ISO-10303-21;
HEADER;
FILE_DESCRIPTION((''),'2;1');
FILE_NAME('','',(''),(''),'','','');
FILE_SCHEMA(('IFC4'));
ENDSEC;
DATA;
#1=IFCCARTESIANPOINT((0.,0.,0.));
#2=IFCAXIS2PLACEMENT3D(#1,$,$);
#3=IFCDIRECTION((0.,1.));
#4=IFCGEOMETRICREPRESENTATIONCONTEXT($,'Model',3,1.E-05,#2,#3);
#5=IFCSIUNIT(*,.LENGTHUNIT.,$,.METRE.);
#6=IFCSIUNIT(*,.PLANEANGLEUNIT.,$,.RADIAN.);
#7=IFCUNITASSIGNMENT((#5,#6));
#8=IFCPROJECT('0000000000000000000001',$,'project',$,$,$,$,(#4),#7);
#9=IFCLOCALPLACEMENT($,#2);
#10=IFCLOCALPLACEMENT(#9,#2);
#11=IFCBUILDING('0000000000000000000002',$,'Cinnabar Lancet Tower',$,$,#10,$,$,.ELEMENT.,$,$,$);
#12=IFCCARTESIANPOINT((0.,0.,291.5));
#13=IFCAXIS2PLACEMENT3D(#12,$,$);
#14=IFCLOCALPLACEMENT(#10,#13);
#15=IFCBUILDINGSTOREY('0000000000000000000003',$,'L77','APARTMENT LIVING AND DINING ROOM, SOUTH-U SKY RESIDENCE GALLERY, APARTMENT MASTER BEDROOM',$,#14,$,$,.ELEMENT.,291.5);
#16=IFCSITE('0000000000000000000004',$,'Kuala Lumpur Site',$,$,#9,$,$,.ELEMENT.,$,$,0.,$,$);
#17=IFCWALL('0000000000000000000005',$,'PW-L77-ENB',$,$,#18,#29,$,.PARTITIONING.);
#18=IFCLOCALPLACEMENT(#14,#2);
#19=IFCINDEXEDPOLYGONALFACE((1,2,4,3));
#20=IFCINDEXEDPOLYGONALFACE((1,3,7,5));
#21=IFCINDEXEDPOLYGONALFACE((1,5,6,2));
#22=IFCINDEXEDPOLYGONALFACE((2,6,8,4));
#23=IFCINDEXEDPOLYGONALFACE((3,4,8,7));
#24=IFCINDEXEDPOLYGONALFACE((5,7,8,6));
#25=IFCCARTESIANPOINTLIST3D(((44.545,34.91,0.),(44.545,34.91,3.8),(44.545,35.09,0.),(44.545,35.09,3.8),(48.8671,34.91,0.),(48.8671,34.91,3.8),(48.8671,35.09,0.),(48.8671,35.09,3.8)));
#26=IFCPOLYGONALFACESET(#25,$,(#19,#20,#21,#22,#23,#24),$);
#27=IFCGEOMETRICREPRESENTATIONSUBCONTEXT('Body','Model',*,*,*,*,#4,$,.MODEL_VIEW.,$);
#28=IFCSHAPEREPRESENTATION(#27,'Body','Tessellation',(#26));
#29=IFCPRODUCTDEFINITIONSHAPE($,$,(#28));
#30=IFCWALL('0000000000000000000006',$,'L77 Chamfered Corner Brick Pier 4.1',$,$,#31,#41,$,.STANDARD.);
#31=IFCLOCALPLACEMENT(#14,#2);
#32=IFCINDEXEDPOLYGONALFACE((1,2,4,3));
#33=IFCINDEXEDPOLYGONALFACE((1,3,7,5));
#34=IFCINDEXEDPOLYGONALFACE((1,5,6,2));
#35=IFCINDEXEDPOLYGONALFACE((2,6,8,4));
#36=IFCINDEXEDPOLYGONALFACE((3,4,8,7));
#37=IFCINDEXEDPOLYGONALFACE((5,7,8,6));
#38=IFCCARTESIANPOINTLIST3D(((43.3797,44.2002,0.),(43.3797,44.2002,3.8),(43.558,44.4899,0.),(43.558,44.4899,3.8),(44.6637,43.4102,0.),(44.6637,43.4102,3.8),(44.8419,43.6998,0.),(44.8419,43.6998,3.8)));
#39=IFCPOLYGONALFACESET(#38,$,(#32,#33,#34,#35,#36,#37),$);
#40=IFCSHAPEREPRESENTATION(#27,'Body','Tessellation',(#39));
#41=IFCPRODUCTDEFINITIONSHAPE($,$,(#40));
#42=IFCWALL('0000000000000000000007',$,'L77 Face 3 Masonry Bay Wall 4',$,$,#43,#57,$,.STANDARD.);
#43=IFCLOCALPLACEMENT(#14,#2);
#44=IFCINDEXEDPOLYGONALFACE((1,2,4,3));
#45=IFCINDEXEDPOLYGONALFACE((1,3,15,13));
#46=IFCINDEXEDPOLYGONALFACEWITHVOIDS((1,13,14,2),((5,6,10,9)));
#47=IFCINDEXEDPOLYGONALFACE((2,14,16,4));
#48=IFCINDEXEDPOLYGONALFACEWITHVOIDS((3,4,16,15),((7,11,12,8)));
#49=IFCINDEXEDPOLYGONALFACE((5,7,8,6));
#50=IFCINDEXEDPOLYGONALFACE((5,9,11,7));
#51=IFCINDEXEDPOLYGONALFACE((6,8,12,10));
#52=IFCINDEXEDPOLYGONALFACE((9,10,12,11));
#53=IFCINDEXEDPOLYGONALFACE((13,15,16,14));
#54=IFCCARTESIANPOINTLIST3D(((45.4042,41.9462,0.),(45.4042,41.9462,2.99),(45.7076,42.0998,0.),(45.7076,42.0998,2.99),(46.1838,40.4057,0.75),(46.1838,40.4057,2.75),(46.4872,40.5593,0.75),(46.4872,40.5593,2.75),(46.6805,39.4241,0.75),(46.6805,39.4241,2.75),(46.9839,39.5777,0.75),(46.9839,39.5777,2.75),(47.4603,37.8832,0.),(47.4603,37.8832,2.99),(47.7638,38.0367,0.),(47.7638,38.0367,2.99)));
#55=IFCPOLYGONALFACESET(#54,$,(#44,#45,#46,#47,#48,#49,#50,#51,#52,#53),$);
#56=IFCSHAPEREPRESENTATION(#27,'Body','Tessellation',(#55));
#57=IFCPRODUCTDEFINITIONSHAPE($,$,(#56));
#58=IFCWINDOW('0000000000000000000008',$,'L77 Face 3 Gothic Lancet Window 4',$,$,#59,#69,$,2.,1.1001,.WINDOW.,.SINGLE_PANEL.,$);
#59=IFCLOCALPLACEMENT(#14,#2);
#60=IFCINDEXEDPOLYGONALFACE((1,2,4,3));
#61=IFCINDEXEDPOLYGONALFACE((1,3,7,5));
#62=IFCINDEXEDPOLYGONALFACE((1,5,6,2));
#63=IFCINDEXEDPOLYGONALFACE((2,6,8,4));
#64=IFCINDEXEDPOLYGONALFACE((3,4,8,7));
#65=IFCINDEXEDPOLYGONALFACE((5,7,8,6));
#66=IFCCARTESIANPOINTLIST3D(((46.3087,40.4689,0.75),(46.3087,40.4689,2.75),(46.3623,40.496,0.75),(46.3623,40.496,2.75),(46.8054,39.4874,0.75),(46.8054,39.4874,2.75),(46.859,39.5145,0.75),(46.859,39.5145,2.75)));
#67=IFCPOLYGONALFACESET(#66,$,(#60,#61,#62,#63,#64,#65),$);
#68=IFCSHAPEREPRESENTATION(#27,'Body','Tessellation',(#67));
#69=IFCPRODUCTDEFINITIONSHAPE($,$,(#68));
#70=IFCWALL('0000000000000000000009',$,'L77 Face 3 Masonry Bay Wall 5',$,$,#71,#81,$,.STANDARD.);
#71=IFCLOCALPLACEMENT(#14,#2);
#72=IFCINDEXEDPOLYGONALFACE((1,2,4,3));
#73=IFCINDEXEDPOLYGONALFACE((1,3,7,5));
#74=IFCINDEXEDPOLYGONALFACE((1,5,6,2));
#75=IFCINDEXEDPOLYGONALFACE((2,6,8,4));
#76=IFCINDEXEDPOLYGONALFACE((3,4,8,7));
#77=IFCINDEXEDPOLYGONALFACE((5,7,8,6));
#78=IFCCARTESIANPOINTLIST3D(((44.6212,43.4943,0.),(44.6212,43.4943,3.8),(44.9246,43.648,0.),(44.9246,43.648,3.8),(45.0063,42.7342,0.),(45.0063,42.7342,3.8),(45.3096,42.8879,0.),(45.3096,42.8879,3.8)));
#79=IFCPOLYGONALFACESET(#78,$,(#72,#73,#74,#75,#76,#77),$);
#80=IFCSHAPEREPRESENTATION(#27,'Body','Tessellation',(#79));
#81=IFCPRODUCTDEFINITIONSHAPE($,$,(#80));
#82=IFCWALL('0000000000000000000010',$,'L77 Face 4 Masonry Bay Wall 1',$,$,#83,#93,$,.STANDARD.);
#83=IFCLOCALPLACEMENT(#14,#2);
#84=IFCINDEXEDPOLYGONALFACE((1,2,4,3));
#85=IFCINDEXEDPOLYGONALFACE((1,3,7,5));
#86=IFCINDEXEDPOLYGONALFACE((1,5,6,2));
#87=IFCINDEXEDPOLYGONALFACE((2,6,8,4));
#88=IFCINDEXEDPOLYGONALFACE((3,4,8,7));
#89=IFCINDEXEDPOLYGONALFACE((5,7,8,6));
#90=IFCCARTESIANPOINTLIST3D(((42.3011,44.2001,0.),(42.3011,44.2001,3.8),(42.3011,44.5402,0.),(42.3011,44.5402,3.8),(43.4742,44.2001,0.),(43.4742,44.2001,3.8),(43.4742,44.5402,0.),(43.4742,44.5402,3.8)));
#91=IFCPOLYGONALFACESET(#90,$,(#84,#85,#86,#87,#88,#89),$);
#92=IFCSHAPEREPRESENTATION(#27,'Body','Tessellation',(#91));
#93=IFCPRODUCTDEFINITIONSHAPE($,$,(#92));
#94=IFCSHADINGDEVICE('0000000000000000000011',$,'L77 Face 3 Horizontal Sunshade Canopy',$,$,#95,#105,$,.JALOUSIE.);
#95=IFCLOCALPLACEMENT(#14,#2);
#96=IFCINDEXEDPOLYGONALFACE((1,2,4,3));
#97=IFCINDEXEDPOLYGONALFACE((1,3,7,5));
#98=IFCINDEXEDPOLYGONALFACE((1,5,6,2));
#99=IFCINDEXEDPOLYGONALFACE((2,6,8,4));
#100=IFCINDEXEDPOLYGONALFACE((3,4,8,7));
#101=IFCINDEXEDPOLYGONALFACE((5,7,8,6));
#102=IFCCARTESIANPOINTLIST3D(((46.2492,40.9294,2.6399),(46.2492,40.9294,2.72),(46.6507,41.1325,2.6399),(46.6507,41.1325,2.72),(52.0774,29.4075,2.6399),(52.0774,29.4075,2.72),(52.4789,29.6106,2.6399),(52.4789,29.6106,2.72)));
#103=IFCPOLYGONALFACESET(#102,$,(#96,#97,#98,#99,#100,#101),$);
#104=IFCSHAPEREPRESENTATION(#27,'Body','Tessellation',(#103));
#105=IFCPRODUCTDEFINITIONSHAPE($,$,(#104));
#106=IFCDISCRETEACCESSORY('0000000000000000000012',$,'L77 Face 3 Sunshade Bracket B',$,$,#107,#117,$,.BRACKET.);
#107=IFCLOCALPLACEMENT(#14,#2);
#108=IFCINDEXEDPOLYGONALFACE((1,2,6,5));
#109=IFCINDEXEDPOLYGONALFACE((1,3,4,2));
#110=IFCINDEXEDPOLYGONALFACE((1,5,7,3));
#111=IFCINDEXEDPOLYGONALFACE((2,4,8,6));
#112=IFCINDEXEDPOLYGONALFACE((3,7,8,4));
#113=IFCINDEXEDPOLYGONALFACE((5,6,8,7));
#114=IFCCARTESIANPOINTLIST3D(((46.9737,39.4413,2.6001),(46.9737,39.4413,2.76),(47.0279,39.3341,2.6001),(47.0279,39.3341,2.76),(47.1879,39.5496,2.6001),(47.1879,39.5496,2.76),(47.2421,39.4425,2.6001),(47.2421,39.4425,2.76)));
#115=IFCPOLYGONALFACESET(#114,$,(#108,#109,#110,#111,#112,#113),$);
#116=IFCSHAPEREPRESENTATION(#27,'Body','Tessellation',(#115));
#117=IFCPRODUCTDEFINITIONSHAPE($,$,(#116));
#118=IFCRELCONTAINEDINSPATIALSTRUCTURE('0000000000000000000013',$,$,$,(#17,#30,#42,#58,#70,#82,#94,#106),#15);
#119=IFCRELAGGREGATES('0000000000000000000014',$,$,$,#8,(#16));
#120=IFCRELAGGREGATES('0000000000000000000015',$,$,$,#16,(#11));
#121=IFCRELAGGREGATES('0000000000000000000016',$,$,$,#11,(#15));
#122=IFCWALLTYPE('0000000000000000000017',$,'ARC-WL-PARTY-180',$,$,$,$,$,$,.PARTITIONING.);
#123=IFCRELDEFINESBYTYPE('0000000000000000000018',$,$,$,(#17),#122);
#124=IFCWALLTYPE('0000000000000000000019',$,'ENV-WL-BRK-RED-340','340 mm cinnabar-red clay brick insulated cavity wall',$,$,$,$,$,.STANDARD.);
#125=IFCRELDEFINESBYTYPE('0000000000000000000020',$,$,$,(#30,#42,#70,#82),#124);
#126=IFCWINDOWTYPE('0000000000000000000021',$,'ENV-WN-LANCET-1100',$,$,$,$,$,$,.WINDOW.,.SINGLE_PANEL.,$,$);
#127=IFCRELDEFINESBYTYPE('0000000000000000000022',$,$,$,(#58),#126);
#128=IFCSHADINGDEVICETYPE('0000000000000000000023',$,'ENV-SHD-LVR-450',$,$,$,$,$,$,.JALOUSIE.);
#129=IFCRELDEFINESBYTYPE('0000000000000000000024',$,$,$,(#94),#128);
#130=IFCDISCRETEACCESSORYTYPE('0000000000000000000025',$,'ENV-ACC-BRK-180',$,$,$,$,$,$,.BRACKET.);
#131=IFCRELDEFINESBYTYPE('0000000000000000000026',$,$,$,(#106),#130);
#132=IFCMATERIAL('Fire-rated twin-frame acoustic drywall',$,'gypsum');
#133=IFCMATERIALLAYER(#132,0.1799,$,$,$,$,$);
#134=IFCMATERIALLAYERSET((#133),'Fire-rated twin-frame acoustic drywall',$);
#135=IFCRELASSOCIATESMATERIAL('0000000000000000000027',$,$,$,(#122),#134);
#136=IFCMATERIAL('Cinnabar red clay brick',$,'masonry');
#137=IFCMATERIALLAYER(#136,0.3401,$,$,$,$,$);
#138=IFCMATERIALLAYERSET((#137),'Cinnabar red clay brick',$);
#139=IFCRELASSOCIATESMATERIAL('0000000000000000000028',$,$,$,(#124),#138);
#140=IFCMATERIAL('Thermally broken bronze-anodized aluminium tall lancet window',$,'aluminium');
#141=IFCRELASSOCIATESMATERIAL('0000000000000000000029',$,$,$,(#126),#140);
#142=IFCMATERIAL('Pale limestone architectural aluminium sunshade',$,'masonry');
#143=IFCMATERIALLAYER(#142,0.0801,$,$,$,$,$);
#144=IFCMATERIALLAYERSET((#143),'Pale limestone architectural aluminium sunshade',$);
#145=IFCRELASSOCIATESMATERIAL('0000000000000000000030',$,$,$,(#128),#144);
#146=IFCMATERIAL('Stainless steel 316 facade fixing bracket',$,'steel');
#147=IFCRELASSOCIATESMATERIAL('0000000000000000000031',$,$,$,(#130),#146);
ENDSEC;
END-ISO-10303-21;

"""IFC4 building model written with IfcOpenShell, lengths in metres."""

from ifc_helpers import new_model, si_unit, direction, frame, frame_2d, origin, origin_2d, place, context, subcontext, project, spatial, rectangle, extrude, material, layer, layer_set, type_object, element, fill, save


model = new_model("IFC4")

# Units and contexts
model_context = context("Model", 3, precision=1e-05, world=origin(), true_north=direction((0.0, 1.0)))
body_context = subcontext(model_context, "Body", "Model", "MODEL_VIEW")
ifc_project = project(units=[si_unit("LENGTHUNIT", "METRE"), si_unit("PLANEANGLEUNIT", "RADIAN")], contexts=[model_context])

# Site, building, storey
site_placement = place(None, origin())
site = spatial("IfcSite", under=ifc_project, at=site_placement, Name="Kuala Lumpur Site", CompositionType="ELEMENT", RefElevation=0.0)
building_placement = place(site_placement, origin())
building = spatial("IfcBuilding", under=site, at=building_placement, Name="Cinnabar Lancet Tower", CompositionType="ELEMENT")
storey_placement = place(building_placement, frame((0.0, 0.0, 291.5)))
storey = spatial("IfcBuildingStorey", under=building, at=storey_placement, Name="L77", Description="APARTMENT LIVING AND DINING ROOM, SOUTH-U SKY RESIDENCE GALLERY, APARTMENT MASTER BEDROOM", CompositionType="ELEMENT", Elevation=291.5)

# Walls
ifc_material_1 = material(Name="Fire-rated twin-frame acoustic drywall", Category="gypsum")
ifc_layer_1 = layer(ifc_material_1, 0.1799)
ifc_layer_set_1 = layer_set([ifc_layer_1], Name="Fire-rated twin-frame acoustic drywall")
wall_type_1 = type_object("IfcWallType", Name="ARC-WL-PARTY-180", PredefinedType="PARTITIONING", material=ifc_layer_set_1)
wall_1_placement = place(storey_placement, frame((44.5449, 35.0, 0.0), z_axis=(0.0, 0.0, 1.0), x_axis=(1.0, 0.0, 0.0)))
element("IfcWall", 1, at=wall_1_placement, inside=storey, type_object=wall_type_1, Name="PW-L77-ENB", PredefinedType="PARTITIONING", context=body_context, shape_type="SweptSolid", body=[
    extrude(rectangle(XDim=4.322, YDim=0.1799, at=frame_2d((2.1611, 0.0))), origin(), (0.0, 0.0, 1.0), 3.8),
])
ifc_material_2 = material(Name="Cinnabar red clay brick", Category="masonry")
ifc_layer_2 = layer(ifc_material_2, 0.3401)
ifc_layer_set_2 = layer_set([ifc_layer_2], Name="Cinnabar red clay brick")
wall_type_2 = type_object("IfcWallType", Name="ENV-WL-BRK-RED-340", Description="340 mm cinnabar-red clay brick insulated cavity wall", PredefinedType="STANDARD", material=ifc_layer_set_2)
wall_2_placement = place(storey_placement, frame((44.7529, 43.5549, 0.0), z_axis=(0.0, 0.0, 1.0), x_axis=(-0.851681, 0.524061, 0.0)))
element("IfcWall", 2, at=wall_2_placement, inside=storey, type_object=wall_type_2, Name="L77 Chamfered Corner Brick Pier 4.1", PredefinedType="STANDARD", context=body_context, shape_type="SweptSolid", body=[
    extrude(rectangle(XDim=1.5076, YDim=0.3401, at=frame_2d((0.7539, 0.0))), origin(), (0.0, 0.0, 1.0), 3.8),
])

# Wall, opening, window
wall_3_placement = place(storey_placement, frame((47.6121, 37.96, 0.0), z_axis=(0.0, 0.0, 1.0), x_axis=(-0.45154, 0.892251, 0.0)))
wall_3 = element("IfcWall", 3, at=wall_3_placement, inside=storey, type_object=wall_type_2, Name="L77 Face 3 Masonry Bay Wall 4", PredefinedType="STANDARD", context=body_context, shape_type="SweptSolid", body=[
    extrude(rectangle(XDim=4.5537, YDim=0.3401, at=frame_2d((2.2769, 0.0))), origin(), (0.0, 0.0, 1.0), 2.99),
])
opening_placement = place(wall_3_placement, frame((1.7271, 0.0, 0.75)))
opening = element("IfcOpeningElement", 4, at=opening_placement, cuts=wall_3, PredefinedType="OPENING", context=body_context, shape_type="SweptSolid", body=[
    extrude(rectangle(XDim=1.1001, YDim=2.0, at=frame_2d((0.55, 1.0))), frame((0.0, 0.1799, 0.0), z_axis=(0.0, -1.0, 0.0), x_axis=(1.0, 0.0, 0.0)), (0.0, 0.0, 1.0), 0.3601),
])
ifc_material_3 = material(Name="Thermally broken bronze-anodized aluminium tall lancet window", Category="aluminium")
window_type = type_object("IfcWindowType", Name="ENV-WN-LANCET-1100", PartitioningType="SINGLE_PANEL", PredefinedType="WINDOW", material=ifc_material_3)
window_placement = place(opening_placement, origin())
window = element("IfcWindow", 5, at=window_placement, inside=storey, type_object=window_type, Name="L77 Face 3 Gothic Lancet Window 4", OverallHeight=2.0, OverallWidth=1.1001, PartitioningType="SINGLE_PANEL", PredefinedType="WINDOW", context=body_context, shape_type="SweptSolid", body=[
    extrude(rectangle(XDim=1.1001, YDim=2.0, at=frame_2d((0.55, 1.0))), frame((0.0, 0.03, 0.0), z_axis=(0.0, -1.0, 0.0), x_axis=(1.0, 0.0, 0.0)), (0.0, 0.0, 1.0), 0.0601),
])
fill(opening, window)

# Walls
wall_4_placement = place(storey_placement, frame((45.158, 42.811, 0.0), z_axis=(0.0, 0.0, 1.0), x_axis=(-0.451907, 0.892065, 0.0)))
element("IfcWall", 6, at=wall_4_placement, inside=storey, type_object=wall_type_2, Name="L77 Face 3 Masonry Bay Wall 5", PredefinedType="STANDARD", context=body_context, shape_type="SweptSolid", body=[
    extrude(rectangle(XDim=0.8521, YDim=0.3401, at=frame_2d((0.426, 0.0))), origin(), (0.0, 0.0, 1.0), 3.8),
])
wall_5_placement = place(storey_placement, frame((43.4741, 44.3701, 0.0), z_axis=(0.0, 0.0, 1.0), x_axis=(-1.0, 0.0, 0.0)))
element("IfcWall", 7, at=wall_5_placement, inside=storey, type_object=wall_type_2, Name="L77 Face 4 Masonry Bay Wall 1", PredefinedType="STANDARD", context=body_context, shape_type="SweptSolid", body=[
    extrude(rectangle(XDim=1.1731, YDim=0.3401, at=frame_2d((0.5864, 0.0))), origin(), (0.0, 0.0, 1.0), 3.8),
])

# Shading device
ifc_material_4 = material(Name="Pale limestone architectural aluminium sunshade", Category="masonry")
ifc_layer_3 = layer(ifc_material_4, 0.0801)
ifc_layer_set_3 = layer_set([ifc_layer_3], Name="Pale limestone architectural aluminium sunshade")
shading_device_type = type_object("IfcShadingDeviceType", Name="ENV-SHD-LVR-450", PredefinedType="JALOUSIE", material=ifc_layer_set_3)
shading_device_placement = place(storey_placement, frame((49.364, 35.27, 2.6399), z_axis=(0.0, 0.0, 1.0), x_axis=(-0.451376, 0.892334, 0.0)))
element("IfcShadingDevice", 8, at=shading_device_placement, inside=storey, type_object=shading_device_type, Name="L77 Face 3 Horizontal Sunshade Canopy", PredefinedType="JALOUSIE", context=body_context, shape_type="SweptSolid", body=[
    extrude(rectangle(XDim=12.9121, YDim=0.45, at=origin_2d()), origin(), (0.0, 0.0, 1.0), 0.0801),
])

# Discrete accessory
ifc_material_5 = material(Name="Stainless steel 316 facade fixing bracket", Category="steel")
discrete_accessory_type = type_object("IfcDiscreteAccessoryType", Name="ENV-ACC-BRK-180", PredefinedType="BRACKET", material=ifc_material_5)
discrete_accessory_placement = place(storey_placement, frame((47.1079, 39.4419, 2.6001), z_axis=(0.0, 0.0, 1.0), x_axis=(-0.451376, 0.892334, 0.0)))
element("IfcDiscreteAccessory", 9, at=discrete_accessory_placement, inside=storey, type_object=discrete_accessory_type, Name="L77 Face 3 Sunshade Bracket B", PredefinedType="BRACKET", context=body_context, shape_type="SweptSolid", body=[
    extrude(rectangle(XDim=0.1201, YDim=0.24, at=origin_2d()), origin(), (0.0, 0.0, 1.0), 0.1599),
])

save(model, "model.ifc")
